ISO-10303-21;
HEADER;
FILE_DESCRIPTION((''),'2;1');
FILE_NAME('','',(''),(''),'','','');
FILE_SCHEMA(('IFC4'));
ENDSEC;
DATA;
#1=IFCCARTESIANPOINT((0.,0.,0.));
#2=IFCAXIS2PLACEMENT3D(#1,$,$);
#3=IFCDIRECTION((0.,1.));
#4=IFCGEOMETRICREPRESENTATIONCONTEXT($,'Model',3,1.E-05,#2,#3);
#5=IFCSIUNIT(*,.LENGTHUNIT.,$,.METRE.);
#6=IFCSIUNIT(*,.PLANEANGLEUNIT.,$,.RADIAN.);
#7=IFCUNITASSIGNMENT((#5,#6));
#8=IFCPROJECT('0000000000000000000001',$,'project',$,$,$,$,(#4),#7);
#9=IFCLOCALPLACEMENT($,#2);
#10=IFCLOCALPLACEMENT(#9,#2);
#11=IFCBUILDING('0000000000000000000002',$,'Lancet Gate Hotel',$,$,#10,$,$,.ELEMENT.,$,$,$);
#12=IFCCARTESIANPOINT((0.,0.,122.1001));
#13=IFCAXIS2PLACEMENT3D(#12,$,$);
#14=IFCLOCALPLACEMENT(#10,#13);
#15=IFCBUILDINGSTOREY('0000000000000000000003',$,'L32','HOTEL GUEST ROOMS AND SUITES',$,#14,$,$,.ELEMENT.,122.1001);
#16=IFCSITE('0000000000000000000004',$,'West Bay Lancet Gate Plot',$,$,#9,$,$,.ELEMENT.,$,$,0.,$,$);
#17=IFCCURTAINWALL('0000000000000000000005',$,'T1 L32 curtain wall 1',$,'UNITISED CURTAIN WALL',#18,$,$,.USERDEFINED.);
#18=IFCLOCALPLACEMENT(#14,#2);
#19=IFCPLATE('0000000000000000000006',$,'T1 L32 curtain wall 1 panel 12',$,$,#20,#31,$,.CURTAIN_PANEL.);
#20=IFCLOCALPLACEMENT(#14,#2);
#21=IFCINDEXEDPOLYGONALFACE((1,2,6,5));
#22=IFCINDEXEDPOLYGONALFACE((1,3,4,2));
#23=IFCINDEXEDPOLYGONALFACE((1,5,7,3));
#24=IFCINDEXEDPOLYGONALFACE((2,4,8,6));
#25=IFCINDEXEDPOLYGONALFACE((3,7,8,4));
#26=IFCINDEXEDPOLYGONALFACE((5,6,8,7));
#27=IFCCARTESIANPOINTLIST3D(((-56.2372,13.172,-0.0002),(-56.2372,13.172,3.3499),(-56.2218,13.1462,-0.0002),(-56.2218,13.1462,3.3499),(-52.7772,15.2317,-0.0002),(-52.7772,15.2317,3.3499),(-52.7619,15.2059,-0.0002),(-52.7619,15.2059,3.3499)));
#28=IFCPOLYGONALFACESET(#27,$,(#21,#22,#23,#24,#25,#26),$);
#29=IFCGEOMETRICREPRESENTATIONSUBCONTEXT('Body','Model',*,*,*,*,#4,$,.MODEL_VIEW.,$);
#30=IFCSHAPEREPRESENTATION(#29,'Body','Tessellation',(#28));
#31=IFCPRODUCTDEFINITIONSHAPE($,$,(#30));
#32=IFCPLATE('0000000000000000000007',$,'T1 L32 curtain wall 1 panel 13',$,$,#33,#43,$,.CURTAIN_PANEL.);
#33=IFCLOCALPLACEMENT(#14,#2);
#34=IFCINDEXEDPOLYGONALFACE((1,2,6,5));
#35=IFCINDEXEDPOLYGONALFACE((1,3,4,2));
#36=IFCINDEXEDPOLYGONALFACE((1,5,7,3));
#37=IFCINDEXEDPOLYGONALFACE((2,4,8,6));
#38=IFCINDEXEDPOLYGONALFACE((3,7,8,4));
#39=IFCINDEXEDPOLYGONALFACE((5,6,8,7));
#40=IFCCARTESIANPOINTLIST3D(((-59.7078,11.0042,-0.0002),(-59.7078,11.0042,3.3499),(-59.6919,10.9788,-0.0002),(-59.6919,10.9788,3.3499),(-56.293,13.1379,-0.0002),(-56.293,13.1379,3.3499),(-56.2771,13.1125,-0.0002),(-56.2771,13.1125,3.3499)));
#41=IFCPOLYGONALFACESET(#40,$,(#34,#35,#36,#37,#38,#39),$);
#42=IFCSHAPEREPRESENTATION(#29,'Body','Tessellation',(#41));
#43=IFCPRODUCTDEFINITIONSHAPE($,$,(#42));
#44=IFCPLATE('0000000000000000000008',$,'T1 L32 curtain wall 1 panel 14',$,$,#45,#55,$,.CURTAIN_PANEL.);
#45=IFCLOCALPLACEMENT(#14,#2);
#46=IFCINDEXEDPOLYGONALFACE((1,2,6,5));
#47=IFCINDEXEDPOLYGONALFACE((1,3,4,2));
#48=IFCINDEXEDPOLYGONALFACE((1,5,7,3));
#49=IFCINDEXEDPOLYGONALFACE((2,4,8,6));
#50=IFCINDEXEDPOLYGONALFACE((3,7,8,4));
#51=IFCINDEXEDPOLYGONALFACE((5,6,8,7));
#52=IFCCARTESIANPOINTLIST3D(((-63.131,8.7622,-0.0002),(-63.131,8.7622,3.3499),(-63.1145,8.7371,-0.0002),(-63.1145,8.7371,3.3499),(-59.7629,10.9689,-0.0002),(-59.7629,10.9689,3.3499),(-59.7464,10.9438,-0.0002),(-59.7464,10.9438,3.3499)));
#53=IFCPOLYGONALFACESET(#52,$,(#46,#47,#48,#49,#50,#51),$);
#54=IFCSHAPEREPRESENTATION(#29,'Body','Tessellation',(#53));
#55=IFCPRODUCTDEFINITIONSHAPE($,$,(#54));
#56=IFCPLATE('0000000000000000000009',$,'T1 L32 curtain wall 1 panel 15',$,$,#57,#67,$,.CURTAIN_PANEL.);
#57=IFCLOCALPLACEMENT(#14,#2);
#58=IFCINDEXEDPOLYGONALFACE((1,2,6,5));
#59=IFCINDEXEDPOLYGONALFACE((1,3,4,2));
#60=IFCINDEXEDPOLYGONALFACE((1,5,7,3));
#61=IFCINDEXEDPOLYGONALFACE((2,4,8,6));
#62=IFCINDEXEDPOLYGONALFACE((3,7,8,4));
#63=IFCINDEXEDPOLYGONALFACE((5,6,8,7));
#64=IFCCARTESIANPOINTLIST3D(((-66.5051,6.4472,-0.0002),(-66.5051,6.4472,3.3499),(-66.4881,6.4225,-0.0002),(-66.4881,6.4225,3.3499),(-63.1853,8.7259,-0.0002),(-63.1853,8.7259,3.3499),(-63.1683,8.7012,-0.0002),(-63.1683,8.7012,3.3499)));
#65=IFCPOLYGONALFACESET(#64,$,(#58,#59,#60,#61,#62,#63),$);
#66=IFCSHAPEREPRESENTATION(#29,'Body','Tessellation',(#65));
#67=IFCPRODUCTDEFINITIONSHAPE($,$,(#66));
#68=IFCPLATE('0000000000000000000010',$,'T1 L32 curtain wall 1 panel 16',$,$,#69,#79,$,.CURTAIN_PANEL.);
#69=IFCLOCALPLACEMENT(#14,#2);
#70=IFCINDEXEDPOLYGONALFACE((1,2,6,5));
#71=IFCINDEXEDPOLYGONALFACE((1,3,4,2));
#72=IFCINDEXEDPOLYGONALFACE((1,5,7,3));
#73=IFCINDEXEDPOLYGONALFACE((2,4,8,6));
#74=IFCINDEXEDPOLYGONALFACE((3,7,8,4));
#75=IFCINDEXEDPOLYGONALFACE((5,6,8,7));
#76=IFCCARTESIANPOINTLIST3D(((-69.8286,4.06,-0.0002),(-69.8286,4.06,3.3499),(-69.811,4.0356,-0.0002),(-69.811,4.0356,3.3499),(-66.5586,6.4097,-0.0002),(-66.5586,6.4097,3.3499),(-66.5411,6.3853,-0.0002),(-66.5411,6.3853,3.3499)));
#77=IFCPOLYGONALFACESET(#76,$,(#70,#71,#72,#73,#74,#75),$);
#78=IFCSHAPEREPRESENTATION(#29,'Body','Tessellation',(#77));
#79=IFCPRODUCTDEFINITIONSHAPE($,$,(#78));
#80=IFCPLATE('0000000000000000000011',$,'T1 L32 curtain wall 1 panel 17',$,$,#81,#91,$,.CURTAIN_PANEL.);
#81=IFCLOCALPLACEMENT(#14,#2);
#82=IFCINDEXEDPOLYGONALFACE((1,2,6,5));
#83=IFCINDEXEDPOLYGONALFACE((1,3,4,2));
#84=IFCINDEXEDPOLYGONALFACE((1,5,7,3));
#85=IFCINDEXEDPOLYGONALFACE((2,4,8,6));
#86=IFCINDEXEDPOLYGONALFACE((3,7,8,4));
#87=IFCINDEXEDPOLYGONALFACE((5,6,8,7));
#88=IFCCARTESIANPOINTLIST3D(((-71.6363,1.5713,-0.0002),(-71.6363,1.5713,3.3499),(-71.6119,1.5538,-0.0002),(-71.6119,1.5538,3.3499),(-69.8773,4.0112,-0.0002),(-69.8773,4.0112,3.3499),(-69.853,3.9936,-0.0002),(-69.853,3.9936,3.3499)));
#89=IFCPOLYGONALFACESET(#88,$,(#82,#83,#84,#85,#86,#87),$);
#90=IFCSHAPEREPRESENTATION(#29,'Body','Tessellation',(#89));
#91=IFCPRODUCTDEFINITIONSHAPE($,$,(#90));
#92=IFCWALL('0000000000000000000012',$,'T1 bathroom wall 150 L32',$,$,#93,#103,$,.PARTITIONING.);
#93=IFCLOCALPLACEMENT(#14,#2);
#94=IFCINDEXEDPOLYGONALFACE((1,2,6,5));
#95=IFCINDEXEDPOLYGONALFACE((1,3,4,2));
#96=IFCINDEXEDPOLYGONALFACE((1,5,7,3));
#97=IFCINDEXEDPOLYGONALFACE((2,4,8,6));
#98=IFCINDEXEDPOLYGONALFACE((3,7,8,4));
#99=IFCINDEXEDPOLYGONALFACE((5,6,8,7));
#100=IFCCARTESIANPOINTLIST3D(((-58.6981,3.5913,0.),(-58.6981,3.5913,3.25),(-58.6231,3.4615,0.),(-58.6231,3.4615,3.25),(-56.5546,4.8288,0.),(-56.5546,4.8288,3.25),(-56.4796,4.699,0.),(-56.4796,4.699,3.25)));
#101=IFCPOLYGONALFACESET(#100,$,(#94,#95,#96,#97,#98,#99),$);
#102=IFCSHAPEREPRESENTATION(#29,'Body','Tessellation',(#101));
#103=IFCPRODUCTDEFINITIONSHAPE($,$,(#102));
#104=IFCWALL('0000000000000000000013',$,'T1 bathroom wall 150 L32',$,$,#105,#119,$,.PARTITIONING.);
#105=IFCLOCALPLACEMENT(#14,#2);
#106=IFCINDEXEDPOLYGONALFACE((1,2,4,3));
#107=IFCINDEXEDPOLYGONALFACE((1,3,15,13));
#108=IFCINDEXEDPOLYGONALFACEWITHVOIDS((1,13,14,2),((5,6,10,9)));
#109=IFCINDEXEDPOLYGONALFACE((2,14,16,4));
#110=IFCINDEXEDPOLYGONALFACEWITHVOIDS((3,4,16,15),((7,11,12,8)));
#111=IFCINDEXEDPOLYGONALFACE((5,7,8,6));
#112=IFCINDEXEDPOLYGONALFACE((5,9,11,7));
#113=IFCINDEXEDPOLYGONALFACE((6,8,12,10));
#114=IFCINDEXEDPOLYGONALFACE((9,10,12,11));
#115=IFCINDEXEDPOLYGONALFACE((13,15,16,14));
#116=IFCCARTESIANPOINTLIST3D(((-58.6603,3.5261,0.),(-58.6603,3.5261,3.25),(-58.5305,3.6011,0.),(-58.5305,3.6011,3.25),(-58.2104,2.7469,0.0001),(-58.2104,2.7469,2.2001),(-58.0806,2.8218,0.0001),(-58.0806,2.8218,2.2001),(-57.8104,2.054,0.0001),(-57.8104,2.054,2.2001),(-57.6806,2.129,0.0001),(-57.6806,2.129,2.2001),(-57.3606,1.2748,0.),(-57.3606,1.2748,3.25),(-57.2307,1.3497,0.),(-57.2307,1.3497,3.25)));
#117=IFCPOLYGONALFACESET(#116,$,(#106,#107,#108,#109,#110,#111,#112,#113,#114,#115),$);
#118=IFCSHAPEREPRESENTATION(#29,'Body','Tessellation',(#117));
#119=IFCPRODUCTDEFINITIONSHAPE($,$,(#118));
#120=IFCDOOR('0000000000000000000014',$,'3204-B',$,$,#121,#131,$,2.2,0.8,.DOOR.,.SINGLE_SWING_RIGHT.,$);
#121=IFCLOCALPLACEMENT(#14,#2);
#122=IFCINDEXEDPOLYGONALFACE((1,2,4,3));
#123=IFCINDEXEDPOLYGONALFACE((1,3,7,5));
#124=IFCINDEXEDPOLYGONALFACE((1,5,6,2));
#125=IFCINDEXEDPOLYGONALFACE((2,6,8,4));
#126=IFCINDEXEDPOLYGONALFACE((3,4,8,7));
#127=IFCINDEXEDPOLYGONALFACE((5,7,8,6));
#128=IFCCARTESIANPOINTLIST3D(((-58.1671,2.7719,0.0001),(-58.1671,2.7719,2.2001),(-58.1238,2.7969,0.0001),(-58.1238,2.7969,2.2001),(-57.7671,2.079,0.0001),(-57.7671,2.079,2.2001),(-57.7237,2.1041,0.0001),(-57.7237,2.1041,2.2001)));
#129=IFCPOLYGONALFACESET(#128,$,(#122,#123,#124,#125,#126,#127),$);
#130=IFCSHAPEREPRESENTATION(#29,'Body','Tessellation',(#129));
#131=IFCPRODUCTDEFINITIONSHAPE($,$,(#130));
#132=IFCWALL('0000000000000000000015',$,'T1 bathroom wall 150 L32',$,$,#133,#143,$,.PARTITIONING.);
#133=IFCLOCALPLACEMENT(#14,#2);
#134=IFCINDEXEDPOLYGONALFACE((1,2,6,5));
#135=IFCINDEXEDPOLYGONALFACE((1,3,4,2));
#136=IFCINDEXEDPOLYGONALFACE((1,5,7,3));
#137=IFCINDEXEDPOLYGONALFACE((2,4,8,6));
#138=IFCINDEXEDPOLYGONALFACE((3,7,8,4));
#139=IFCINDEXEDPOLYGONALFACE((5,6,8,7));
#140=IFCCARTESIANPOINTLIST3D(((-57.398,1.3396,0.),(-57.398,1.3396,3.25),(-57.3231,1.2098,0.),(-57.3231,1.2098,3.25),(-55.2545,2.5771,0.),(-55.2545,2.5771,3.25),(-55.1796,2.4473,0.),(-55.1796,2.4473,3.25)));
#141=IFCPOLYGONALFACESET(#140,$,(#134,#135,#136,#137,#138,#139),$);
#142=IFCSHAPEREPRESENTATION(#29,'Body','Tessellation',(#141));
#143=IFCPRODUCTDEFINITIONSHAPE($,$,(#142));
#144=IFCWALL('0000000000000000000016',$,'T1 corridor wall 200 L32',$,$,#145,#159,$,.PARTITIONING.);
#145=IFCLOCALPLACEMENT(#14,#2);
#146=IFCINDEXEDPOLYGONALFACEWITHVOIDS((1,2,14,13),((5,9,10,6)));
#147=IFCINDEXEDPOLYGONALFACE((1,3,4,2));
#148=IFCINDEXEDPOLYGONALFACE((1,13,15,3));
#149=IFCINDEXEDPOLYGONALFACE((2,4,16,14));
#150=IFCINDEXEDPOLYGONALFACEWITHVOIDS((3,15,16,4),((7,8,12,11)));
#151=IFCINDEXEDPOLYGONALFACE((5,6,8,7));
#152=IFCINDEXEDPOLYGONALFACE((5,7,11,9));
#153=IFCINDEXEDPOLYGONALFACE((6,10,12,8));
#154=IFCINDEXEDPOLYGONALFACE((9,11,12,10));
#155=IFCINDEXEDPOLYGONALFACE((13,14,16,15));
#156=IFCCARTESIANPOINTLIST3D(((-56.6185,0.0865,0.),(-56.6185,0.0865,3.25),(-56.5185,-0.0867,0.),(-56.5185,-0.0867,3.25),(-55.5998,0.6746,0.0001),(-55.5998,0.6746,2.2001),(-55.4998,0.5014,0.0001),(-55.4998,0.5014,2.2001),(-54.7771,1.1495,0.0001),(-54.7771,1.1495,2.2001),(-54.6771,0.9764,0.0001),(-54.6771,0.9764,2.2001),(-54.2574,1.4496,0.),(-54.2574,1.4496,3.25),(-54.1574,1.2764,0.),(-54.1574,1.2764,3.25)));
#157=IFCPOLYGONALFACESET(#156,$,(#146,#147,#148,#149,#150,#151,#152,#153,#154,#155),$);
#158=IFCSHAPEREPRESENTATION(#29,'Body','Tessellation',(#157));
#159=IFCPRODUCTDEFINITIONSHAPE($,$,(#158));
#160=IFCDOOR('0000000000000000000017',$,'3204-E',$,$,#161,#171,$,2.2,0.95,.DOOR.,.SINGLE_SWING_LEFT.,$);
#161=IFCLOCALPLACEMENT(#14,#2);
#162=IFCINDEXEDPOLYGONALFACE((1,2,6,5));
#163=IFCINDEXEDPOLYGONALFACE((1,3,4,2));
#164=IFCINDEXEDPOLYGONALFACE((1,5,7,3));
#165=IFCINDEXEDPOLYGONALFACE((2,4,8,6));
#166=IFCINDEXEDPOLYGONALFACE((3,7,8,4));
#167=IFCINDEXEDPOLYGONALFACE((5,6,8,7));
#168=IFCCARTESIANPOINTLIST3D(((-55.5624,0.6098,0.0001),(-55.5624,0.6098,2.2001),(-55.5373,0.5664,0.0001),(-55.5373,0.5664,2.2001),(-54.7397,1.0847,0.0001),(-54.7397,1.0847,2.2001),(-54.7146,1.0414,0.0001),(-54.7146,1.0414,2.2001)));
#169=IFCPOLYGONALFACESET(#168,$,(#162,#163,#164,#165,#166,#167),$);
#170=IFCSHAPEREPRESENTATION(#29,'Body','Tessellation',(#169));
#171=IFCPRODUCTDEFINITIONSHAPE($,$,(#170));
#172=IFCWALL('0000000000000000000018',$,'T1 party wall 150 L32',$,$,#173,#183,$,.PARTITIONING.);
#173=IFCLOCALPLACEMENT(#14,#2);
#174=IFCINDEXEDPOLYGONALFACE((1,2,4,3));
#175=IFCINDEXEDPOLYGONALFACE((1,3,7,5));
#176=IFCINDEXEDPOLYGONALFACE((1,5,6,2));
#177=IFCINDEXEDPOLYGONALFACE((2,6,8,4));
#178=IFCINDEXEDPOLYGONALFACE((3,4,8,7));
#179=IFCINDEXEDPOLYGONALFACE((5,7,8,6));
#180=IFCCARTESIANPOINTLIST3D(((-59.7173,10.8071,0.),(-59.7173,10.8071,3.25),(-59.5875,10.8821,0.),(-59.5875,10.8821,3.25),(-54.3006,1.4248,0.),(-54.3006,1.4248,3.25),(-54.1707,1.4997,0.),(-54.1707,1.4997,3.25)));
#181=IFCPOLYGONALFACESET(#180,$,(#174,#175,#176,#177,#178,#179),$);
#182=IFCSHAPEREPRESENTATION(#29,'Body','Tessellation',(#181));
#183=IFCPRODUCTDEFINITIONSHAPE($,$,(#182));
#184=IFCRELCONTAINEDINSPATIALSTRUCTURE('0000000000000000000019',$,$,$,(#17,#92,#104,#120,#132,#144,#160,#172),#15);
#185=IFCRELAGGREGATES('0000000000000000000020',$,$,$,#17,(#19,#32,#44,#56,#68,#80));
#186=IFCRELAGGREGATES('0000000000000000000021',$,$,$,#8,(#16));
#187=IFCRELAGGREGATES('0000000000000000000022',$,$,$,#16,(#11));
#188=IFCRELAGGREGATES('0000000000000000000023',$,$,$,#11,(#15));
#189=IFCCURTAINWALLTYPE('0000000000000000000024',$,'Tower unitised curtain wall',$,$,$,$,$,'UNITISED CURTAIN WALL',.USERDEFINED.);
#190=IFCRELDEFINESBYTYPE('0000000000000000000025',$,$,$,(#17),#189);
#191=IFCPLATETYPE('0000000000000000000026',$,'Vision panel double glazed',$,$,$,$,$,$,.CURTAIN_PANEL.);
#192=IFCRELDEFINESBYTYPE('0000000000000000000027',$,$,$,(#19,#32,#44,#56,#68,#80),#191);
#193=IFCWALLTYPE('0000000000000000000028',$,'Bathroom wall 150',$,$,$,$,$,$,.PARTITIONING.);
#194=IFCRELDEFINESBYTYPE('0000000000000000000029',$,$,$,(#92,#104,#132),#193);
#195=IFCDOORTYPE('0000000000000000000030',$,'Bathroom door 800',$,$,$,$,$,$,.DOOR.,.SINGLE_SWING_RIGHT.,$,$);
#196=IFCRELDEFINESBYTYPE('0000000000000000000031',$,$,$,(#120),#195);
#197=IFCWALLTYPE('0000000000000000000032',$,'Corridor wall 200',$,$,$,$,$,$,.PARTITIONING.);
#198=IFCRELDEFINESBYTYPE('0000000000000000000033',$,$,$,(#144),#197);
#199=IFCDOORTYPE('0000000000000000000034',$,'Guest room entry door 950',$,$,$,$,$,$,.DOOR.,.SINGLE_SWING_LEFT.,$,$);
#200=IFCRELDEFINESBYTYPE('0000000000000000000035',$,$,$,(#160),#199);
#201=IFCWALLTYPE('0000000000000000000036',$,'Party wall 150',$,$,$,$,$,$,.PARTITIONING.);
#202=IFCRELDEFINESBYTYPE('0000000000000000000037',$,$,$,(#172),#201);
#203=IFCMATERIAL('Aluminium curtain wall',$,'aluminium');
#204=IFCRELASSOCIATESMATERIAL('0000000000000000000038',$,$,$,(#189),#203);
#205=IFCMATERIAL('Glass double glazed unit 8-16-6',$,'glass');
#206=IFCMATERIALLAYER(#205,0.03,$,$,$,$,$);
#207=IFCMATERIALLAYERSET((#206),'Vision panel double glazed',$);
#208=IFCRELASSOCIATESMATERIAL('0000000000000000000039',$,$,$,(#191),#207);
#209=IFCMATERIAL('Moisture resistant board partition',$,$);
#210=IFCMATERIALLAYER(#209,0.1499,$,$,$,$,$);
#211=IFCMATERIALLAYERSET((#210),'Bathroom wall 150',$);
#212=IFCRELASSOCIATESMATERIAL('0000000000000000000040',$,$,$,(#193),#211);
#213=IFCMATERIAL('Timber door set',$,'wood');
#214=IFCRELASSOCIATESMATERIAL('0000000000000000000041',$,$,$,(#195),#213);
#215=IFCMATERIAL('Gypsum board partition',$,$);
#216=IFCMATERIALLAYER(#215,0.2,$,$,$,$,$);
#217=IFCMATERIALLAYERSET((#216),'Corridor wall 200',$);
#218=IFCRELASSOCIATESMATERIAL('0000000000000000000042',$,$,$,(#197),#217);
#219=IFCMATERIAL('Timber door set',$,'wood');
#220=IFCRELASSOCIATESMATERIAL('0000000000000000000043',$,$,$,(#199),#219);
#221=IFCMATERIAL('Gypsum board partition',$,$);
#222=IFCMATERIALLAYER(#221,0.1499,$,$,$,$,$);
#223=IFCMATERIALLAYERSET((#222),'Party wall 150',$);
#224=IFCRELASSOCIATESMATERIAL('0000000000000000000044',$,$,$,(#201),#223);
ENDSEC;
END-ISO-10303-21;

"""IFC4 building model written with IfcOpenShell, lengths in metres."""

from ifc_helpers import new_model, si_unit, direction, frame, frame_2d, origin, origin_2d, place, context, subcontext, project, spatial, rectangle, extrude, material, layer, layer_set, type_object, element, fill, aggregate, save


model = new_model("IFC4")

# Units and contexts
model_context = context("Model", 3, precision=1e-05, world=origin(), true_north=direction((0.0, 1.0)))
body_context = subcontext(model_context, "Body", "Model", "MODEL_VIEW")
ifc_project = project(units=[si_unit("LENGTHUNIT", "METRE"), si_unit("PLANEANGLEUNIT", "RADIAN")], contexts=[model_context])

# Site, building, storey
site_placement = place(None, origin())
site = spatial("IfcSite", under=ifc_project, at=site_placement, Name="West Bay Lancet Gate Plot", CompositionType="ELEMENT", RefElevation=0.0)
building_placement = place(site_placement, origin())
building = spatial("IfcBuilding", under=site, at=building_placement, Name="Lancet Gate Hotel", CompositionType="ELEMENT")
storey_placement = place(building_placement, frame((0.0, 0.0, 122.1001)))
storey = spatial("IfcBuildingStorey", under=building, at=storey_placement, Name="L32", Description="HOTEL GUEST ROOMS AND SUITES", CompositionType="ELEMENT", Elevation=122.1001)

# Curtain wall
ifc_material_1 = material(Name="Aluminium curtain wall", Category="aluminium")
curtain_wall_type = type_object("IfcCurtainWallType", Name="Tower unitised curtain wall", ElementType="UNITISED CURTAIN WALL", PredefinedType="USERDEFINED", material=ifc_material_1)
curtain_wall_placement = place(storey_placement, origin())
curtain_wall = element("IfcCurtainWall", 1, at=curtain_wall_placement, inside=storey, type_object=curtain_wall_type, Name="T1 L32 curtain wall 1", ObjectType="UNITISED CURTAIN WALL", PredefinedType="USERDEFINED")

# Plates
ifc_material_2 = material(Name="Glass double glazed unit 8-16-6", Category="glass")
ifc_layer_1 = layer(ifc_material_2, 0.03)
ifc_layer_set_1 = layer_set([ifc_layer_1], Name="Vision panel double glazed")
plate_type = type_object("IfcPlateType", Name="Vision panel double glazed", PredefinedType="CURTAIN_PANEL", material=ifc_layer_set_1)
plate_1_placement = place(storey_placement, frame((-54.4995, 14.189, -0.0002), z_axis=(0.0, 0.0, 1.0), x_axis=(-0.859271, -0.51152, 0.0)))
plate_1 = element("IfcPlate", 2, at=plate_1_placement, type_object=plate_type, Name="T1 L32 curtain wall 1 panel 12", PredefinedType="CURTAIN_PANEL", context=body_context, shape_type="SweptSolid", body=[
    extrude(rectangle(XDim=4.0266, YDim=0.03, at=origin_2d()), origin(), (0.0, 0.0, 1.0), 3.3501),
])
plate_2_placement = place(storey_placement, frame((-57.9924, 12.0583, -0.0002), z_axis=(0.0, 0.0, 1.0), x_axis=(-0.848061, -0.529899, 0.0)))
plate_2 = element("IfcPlate", 3, at=plate_2_placement, type_object=plate_type, Name="T1 L32 curtain wall 1 panel 13", PredefinedType="CURTAIN_PANEL", context=body_context, shape_type="SweptSolid", body=[
    extrude(rectangle(XDim=4.0266, YDim=0.03, at=origin_2d()), origin(), (0.0, 0.0, 1.0), 3.3501),
])
plate_3_placement = place(storey_placement, frame((-61.4387, 9.853, -0.0002), z_axis=(0.0, 0.0, 1.0), x_axis=(-0.836458, -0.548032, 0.0)))
plate_3 = element("IfcPlate", 4, at=plate_3_placement, type_object=plate_type, Name="T1 L32 curtain wall 1 panel 14", PredefinedType="CURTAIN_PANEL", context=body_context, shape_type="SweptSolid", body=[
    extrude(rectangle(XDim=4.0266, YDim=0.03, at=origin_2d()), origin(), (0.0, 0.0, 1.0), 3.3501),
])
plate_4_placement = place(storey_placement, frame((-64.8367, 7.5742, -0.0002), z_axis=(0.0, 0.0, 1.0), x_axis=(-0.824466, -0.565911, 0.0)))
plate_4 = element("IfcPlate", 5, at=plate_4_placement, type_object=plate_type, Name="T1 L32 curtain wall 1 panel 15", PredefinedType="CURTAIN_PANEL", context=body_context, shape_type="SweptSolid", body=[
    extrude(rectangle(XDim=4.0266, YDim=0.03, at=origin_2d()), origin(), (0.0, 0.0, 1.0), 3.3501),
])
plate_5_placement = place(storey_placement, frame((-68.1848, 5.2227, -0.0002), z_axis=(0.0, 0.0, 1.0), x_axis=(-0.812093, -0.583528, 0.0)))
plate_5 = element("IfcPlate", 6, at=plate_5_placement, type_object=plate_type, Name="T1 L32 curtain wall 1 panel 16", PredefinedType="CURTAIN_PANEL", context=body_context, shape_type="SweptSolid", body=[
    extrude(rectangle(XDim=4.0266, YDim=0.03, at=origin_2d()), origin(), (0.0, 0.0, 1.0), 3.3501),
])
plate_6_placement = place(storey_placement, frame((-70.7446, 2.7825, -0.0002), z_axis=(0.0, 0.0, 1.0), x_axis=(-0.584809, -0.811171, 0.0)))
plate_6 = element("IfcPlate", 7, at=plate_6_placement, type_object=plate_type, Name="T1 L32 curtain wall 1 panel 17", PredefinedType="CURTAIN_PANEL", context=body_context, shape_type="SweptSolid", body=[
    extrude(rectangle(XDim=3.0078, YDim=0.03, at=origin_2d()), origin(), (0.0, 0.0, 1.0), 3.3501),
])
aggregate(curtain_wall, [plate_1, plate_2, plate_3, plate_4, plate_5, plate_6])

# Wall
ifc_material_3 = material(Name="Moisture resistant board partition")
ifc_layer_2 = layer(ifc_material_3, 0.1499)
ifc_layer_set_2 = layer_set([ifc_layer_2], Name="Bathroom wall 150")
wall_type_1 = type_object("IfcWallType", Name="Bathroom wall 150", PredefinedType="PARTITIONING", material=ifc_layer_set_2)
wall_1_placement = place(storey_placement, frame((-56.5171, 4.7639, 0.0), z_axis=(0.0, 0.0, 1.0), x_axis=(-0.866031, -0.49999, 0.0)))
element("IfcWall", 8, at=wall_1_placement, inside=storey, type_object=wall_type_1, Name="T1 bathroom wall 150 L32", PredefinedType="PARTITIONING", context=body_context, shape_type="SweptSolid", body=[
    extrude(rectangle(XDim=2.4751, YDim=0.1499, at=frame_2d((1.2375, 0.0))), origin(), (0.0, 0.0, 1.0), 3.25),
])

# Wall, opening, door
wall_2_placement = place(storey_placement, frame((-57.2957, 1.3123, 0.0), z_axis=(0.0, 0.0, 1.0), x_axis=(-0.499977, 0.866039, 0.0)))
wall_2 = element("IfcWall", 9, at=wall_2_placement, inside=storey, type_object=wall_type_1, Name="T1 bathroom wall 150 L32", PredefinedType="PARTITIONING", context=body_context, shape_type="SweptSolid", body=[
    extrude(rectangle(XDim=2.5996, YDim=0.1499, at=frame_2d((1.2998, 0.0))), origin(), (0.0, 0.0, 1.0), 3.25),
])
opening_1_placement = place(wall_2_placement, frame((0.8999, 0.0, 0.0)))
opening_1 = element("IfcOpeningElement", 10, at=opening_1_placement, cuts=wall_2, PredefinedType="OPENING", context=body_context, shape_type="SweptSolid", body=[
    extrude(rectangle(XDim=0.8, YDim=2.2, at=frame_2d((0.3999, 1.1001))), frame((0.0, 0.085, 0.0), z_axis=(0.0, -1.0, 0.0), x_axis=(1.0, 0.0, 0.0)), (0.0, 0.0, 1.0), 0.1699),
])
ifc_material_4 = material(Name="Timber door set", Category="wood")
door_type_1 = type_object("IfcDoorType", Name="Bathroom door 800", OperationType="SINGLE_SWING_RIGHT", PredefinedType="DOOR", material=ifc_material_4)
door_1_placement = place(opening_1_placement, origin())
door_1 = element("IfcDoor", 11, at=door_1_placement, inside=storey, type_object=door_type_1, Name="3204-B", OperationType="SINGLE_SWING_RIGHT", OverallHeight=2.2, OverallWidth=0.8, PredefinedType="DOOR", context=body_context, shape_type="SweptSolid", body=[
    extrude(rectangle(XDim=0.8, YDim=2.2, at=frame_2d((0.3999, 1.1001))), frame((0.0, 0.0249, 0.0), z_axis=(0.0, -1.0, 0.0), x_axis=(1.0, 0.0, 0.0)), (0.0, 0.0, 1.0), 0.05),
])
fill(opening_1, door_1)

# Wall
wall_3_placement = place(storey_placement, frame((-55.217, 2.5122, 0.0), z_axis=(0.0, 0.0, 1.0), x_axis=(-0.866031, -0.49999, 0.0)))
element("IfcWall", 12, at=wall_3_placement, inside=storey, type_object=wall_type_1, Name="T1 bathroom wall 150 L32", PredefinedType="PARTITIONING", context=body_context, shape_type="SweptSolid", body=[
    extrude(rectangle(XDim=2.4751, YDim=0.1499, at=frame_2d((1.2375, 0.0))), origin(), (0.0, 0.0, 1.0), 3.25),
])

# Wall, opening, door
ifc_material_5 = material(Name="Gypsum board partition")
ifc_layer_3 = layer(ifc_material_5, 0.2)
ifc_layer_set_3 = layer_set([ifc_layer_3], Name="Corridor wall 200")
wall_type_2 = type_object("IfcWallType", Name="Corridor wall 200", PredefinedType="PARTITIONING", material=ifc_layer_set_3)
wall_4_placement = place(storey_placement, frame((-54.2073, 1.363, 0.0), z_axis=(0.0, 0.0, 1.0), x_axis=(-0.866047, -0.499963, 0.0)))
wall_4 = element("IfcWall", 13, at=wall_4_placement, inside=storey, type_object=wall_type_2, Name="T1 corridor wall 200 L32", PredefinedType="PARTITIONING", context=body_context, shape_type="SweptSolid", body=[
    extrude(rectangle(XDim=2.7263, YDim=0.2, at=frame_2d((1.3633, 0.0))), origin(), (0.0, 0.0, 1.0), 3.25),
])
opening_2_placement = place(wall_4_placement, frame((0.6001, 0.0, 0.0)))
opening_2 = element("IfcOpeningElement", 14, at=opening_2_placement, cuts=wall_4, PredefinedType="OPENING", context=body_context, shape_type="SweptSolid", body=[
    extrude(rectangle(XDim=0.95, YDim=2.2, at=frame_2d((0.4751, 1.1001))), frame((0.0, 0.1099, 0.0), z_axis=(0.0, -1.0, 0.0), x_axis=(1.0, 0.0, 0.0)), (0.0, 0.0, 1.0), 0.22),
])
ifc_material_6 = material(Name="Timber door set", Category="wood")
door_type_2 = type_object("IfcDoorType", Name="Guest room entry door 950", OperationType="SINGLE_SWING_LEFT", PredefinedType="DOOR", material=ifc_material_6)
door_2_placement = place(opening_2_placement, origin())
door_2 = element("IfcDoor", 15, at=door_2_placement, inside=storey, type_object=door_type_2, Name="3204-E", OperationType="SINGLE_SWING_LEFT", OverallHeight=2.2, OverallWidth=0.95, PredefinedType="DOOR", context=body_context, shape_type="SweptSolid", body=[
    extrude(rectangle(XDim=0.95, YDim=2.2, at=frame_2d((0.4751, 1.1001))), frame((0.0, 0.0249, 0.0), z_axis=(0.0, -1.0, 0.0), x_axis=(1.0, 0.0, 0.0)), (0.0, 0.0, 1.0), 0.05),
])
fill(opening_2, door_2)

# Wall
ifc_material_7 = material(Name="Gypsum board partition")
ifc_layer_4 = layer(ifc_material_7, 0.1499)
ifc_layer_set_4 = layer_set([ifc_layer_4], Name="Party wall 150")
wall_type_3 = type_object("IfcWallType", Name="Party wall 150", PredefinedType="PARTITIONING", material=ifc_layer_set_4)
wall_5_placement = place(storey_placement, frame((-54.2356, 1.4622, 0.0), z_axis=(0.0, 0.0, 1.0), x_axis=(-0.49999, 0.866031, 0.0)))
element("IfcWall", 16, at=wall_5_placement, inside=storey, type_object=wall_type_3, Name="T1 party wall 150 L32", PredefinedType="PARTITIONING", context=body_context, shape_type="SweptSolid", body=[
    extrude(rectangle(XDim=10.8337, YDim=0.1499, at=frame_2d((5.417, 0.0))), origin(), (0.0, 0.0, 1.0), 3.25),
])

save(model, "model.ifc")
